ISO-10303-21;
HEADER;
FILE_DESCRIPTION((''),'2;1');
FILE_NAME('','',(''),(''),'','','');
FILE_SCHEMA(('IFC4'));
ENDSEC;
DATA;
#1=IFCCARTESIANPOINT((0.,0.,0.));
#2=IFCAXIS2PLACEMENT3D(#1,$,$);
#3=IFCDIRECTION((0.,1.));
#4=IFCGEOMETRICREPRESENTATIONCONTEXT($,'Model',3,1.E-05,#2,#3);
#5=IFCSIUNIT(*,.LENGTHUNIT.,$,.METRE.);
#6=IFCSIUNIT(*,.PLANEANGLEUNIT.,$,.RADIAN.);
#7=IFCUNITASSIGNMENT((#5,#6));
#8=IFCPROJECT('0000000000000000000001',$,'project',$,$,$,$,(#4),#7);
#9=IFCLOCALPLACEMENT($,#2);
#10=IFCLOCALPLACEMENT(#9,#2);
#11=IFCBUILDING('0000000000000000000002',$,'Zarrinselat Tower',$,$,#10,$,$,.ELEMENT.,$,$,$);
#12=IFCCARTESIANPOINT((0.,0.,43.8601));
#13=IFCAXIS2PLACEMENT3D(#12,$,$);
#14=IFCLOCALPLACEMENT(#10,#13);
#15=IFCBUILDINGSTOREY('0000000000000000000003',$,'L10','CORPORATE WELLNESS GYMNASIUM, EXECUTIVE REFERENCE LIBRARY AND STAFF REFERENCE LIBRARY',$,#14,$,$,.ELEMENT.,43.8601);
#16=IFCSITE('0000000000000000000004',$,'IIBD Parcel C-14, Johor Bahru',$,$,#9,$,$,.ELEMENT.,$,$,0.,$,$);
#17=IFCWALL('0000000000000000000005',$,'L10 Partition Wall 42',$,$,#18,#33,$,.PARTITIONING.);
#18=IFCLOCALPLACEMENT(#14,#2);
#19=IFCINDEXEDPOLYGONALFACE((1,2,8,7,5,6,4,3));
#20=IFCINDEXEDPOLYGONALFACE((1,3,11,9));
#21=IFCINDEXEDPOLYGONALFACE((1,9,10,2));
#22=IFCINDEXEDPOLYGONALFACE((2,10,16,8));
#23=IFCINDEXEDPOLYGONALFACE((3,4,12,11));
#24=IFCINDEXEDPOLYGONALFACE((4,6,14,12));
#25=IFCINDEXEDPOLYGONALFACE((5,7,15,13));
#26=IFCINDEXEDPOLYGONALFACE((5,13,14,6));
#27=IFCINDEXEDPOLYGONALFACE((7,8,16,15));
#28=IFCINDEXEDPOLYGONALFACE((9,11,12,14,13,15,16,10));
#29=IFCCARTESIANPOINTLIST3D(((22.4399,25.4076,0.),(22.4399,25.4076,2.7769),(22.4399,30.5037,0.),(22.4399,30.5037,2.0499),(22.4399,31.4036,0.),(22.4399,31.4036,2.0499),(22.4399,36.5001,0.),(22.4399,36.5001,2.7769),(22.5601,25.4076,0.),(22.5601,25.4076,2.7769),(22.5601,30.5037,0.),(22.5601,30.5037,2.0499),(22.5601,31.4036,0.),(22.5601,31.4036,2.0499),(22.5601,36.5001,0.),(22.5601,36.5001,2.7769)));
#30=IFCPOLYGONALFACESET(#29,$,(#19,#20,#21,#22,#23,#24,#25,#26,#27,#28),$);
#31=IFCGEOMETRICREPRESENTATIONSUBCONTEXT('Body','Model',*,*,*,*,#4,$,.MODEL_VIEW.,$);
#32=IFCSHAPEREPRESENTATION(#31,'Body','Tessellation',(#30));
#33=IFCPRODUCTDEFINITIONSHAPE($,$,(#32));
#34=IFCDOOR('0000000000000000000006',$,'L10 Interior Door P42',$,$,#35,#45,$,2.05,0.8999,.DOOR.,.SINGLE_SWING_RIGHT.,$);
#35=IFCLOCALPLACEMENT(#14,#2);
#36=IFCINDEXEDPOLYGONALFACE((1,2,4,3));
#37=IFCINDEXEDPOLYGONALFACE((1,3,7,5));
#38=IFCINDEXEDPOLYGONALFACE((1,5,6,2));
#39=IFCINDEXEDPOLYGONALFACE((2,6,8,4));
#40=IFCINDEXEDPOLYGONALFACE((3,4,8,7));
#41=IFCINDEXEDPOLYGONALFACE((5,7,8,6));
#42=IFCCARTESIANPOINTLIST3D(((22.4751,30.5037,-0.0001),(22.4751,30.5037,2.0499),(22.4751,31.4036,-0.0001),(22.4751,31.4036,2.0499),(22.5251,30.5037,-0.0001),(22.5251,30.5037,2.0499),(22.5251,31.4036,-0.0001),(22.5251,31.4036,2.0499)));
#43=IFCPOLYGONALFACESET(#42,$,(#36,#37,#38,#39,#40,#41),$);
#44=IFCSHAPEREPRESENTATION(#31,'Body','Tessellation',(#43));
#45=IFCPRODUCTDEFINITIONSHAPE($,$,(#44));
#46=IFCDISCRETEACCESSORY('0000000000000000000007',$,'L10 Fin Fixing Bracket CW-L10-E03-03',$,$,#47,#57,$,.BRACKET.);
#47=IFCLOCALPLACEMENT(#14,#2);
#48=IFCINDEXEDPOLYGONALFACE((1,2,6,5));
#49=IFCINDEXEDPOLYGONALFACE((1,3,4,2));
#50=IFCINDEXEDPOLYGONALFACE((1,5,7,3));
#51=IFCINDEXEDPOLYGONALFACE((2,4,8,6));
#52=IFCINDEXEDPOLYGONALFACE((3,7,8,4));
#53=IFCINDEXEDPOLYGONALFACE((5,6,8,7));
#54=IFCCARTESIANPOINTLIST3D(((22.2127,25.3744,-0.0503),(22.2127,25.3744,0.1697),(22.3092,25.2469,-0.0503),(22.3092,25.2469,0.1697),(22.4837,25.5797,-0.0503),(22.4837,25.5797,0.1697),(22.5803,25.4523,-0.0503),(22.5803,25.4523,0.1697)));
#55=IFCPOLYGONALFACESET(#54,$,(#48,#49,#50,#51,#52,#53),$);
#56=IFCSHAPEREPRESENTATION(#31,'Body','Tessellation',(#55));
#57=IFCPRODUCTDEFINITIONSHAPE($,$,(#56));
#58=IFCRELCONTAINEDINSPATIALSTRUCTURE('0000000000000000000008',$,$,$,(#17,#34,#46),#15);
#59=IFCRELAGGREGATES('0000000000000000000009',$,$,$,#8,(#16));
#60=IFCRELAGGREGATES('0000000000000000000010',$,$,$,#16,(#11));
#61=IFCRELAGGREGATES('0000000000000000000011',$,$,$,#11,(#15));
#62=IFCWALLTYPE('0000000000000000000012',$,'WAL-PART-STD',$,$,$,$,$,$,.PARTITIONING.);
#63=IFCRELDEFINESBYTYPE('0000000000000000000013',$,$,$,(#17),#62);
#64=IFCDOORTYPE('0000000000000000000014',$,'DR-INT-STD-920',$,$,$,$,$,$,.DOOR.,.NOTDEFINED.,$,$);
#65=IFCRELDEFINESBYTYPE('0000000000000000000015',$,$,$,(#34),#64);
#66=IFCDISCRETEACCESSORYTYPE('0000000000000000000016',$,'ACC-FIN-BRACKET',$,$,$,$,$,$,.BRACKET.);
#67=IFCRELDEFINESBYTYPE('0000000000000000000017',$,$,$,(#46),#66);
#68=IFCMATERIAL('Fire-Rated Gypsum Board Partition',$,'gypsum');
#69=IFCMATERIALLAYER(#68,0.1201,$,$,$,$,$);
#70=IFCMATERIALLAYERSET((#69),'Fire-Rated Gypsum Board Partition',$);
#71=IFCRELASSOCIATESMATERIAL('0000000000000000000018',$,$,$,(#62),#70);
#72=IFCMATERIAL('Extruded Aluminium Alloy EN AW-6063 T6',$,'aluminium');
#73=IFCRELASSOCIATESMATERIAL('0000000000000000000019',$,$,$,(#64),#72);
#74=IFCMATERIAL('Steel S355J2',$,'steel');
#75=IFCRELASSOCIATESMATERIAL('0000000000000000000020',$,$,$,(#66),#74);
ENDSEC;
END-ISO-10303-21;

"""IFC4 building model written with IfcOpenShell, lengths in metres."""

from ifc_helpers import new_model, si_unit, direction, frame, frame_2d, origin, origin_2d, place, context, subcontext, project, spatial, rectangle, extrude, material, layer, layer_set, type_object, element, fill, save


model = new_model("IFC4")

# Units and contexts
model_context = context("Model", 3, precision=1e-05, world=origin(), true_north=direction((0.0, 1.0)))
body_context = subcontext(model_context, "Body", "Model", "MODEL_VIEW")
ifc_project = project(units=[si_unit("LENGTHUNIT", "METRE"), si_unit("PLANEANGLEUNIT", "RADIAN")], contexts=[model_context])

# Site, building, storey
site_placement = place(None, origin())
site = spatial("IfcSite", under=ifc_project, at=site_placement, Name="IIBD Parcel C-14, Johor Bahru", CompositionType="ELEMENT", RefElevation=0.0)
building_placement = place(site_placement, origin())
building = spatial("IfcBuilding", under=site, at=building_placement, Name="Zarrinselat Tower", CompositionType="ELEMENT")
storey_placement = place(building_placement, frame((0.0, 0.0, 43.8601)))
storey = spatial("IfcBuildingStorey", under=building, at=storey_placement, Name="L10", Description="CORPORATE WELLNESS GYMNASIUM, EXECUTIVE REFERENCE LIBRARY AND STAFF REFERENCE LIBRARY", CompositionType="ELEMENT", Elevation=43.8601)

# Wall, opening, door
ifc_material_1 = material(Name="Fire-Rated Gypsum Board Partition", Category="gypsum")
ifc_layer_1 = layer(ifc_material_1, 0.1201)
ifc_layer_set_1 = layer_set([ifc_layer_1], Name="Fire-Rated Gypsum Board Partition")
wall_type = type_object("IfcWallType", Name="WAL-PART-STD", PredefinedType="PARTITIONING", material=ifc_layer_set_1)
wall_placement = place(storey_placement, frame((22.5, 25.4075, 0.0), z_axis=(0.0, 0.0, 1.0), x_axis=(0.0, 1.0, 0.0)))
wall = element("IfcWall", 1, at=wall_placement, inside=storey, type_object=wall_type, Name="L10 Partition Wall 42", PredefinedType="PARTITIONING", context=body_context, shape_type="SweptSolid", body=[
    extrude(rectangle(XDim=11.0925, YDim=0.1201, at=frame_2d((5.5464, 0.0))), origin(), (0.0, 0.0, 1.0), 2.7769),
])
opening_placement = place(wall_placement, frame((5.0962, 0.0, 0.0)))
opening = element("IfcOpeningElement", 2, at=opening_placement, cuts=wall, PredefinedType="OPENING", context=body_context, shape_type="SweptSolid", body=[
    extrude(rectangle(XDim=0.8999, YDim=2.05, at=frame_2d((0.45, 1.0249))), frame((0.0, 0.0701, 0.0), z_axis=(0.0, -1.0, 0.0), x_axis=(1.0, 0.0, 0.0)), (0.0, 0.0, 1.0), 0.1401),
])
ifc_material_2 = material(Name="Extruded Aluminium Alloy EN AW-6063 T6", Category="aluminium")
door_type = type_object("IfcDoorType", Name="DR-INT-STD-920", OperationType="NOTDEFINED", PredefinedType="DOOR", material=ifc_material_2)
door_placement = place(opening_placement, origin())
door = element("IfcDoor", 3, at=door_placement, inside=storey, type_object=door_type, Name="L10 Interior Door P42", OperationType="SINGLE_SWING_RIGHT", OverallHeight=2.05, OverallWidth=0.8999, PredefinedType="DOOR", context=body_context, shape_type="SweptSolid", body=[
    extrude(rectangle(XDim=0.8999, YDim=2.05, at=frame_2d((0.45, 1.0249))), frame((0.0, 0.0249, 0.0), z_axis=(0.0, -1.0, 0.0), x_axis=(1.0, 0.0, 0.0)), (0.0, 0.0, 1.0), 0.05),
])
fill(opening, door)

# Discrete accessory
ifc_material_3 = material(Name="Steel S355J2", Category="steel")
discrete_accessory_type = type_object("IfcDiscreteAccessoryType", Name="ACC-FIN-BRACKET", PredefinedType="BRACKET", material=ifc_material_3)
discrete_accessory_placement = place(storey_placement, frame((22.3965, 25.4133, -0.0503), z_axis=(0.0, 0.0, 1.0), x_axis=(-0.797092, -0.603857, 0.0)))
element("IfcDiscreteAccessory", 4, at=discrete_accessory_placement, inside=storey, type_object=discrete_accessory_type, Name="L10 Fin Fixing Bracket CW-L10-E03-03", PredefinedType="BRACKET", context=body_context, shape_type="SweptSolid", body=[
    extrude(rectangle(XDim=0.3401, YDim=0.1599, at=origin_2d()), origin(), (0.0, 0.0, 1.0), 0.22),
])

save(model, "model.ifc")
